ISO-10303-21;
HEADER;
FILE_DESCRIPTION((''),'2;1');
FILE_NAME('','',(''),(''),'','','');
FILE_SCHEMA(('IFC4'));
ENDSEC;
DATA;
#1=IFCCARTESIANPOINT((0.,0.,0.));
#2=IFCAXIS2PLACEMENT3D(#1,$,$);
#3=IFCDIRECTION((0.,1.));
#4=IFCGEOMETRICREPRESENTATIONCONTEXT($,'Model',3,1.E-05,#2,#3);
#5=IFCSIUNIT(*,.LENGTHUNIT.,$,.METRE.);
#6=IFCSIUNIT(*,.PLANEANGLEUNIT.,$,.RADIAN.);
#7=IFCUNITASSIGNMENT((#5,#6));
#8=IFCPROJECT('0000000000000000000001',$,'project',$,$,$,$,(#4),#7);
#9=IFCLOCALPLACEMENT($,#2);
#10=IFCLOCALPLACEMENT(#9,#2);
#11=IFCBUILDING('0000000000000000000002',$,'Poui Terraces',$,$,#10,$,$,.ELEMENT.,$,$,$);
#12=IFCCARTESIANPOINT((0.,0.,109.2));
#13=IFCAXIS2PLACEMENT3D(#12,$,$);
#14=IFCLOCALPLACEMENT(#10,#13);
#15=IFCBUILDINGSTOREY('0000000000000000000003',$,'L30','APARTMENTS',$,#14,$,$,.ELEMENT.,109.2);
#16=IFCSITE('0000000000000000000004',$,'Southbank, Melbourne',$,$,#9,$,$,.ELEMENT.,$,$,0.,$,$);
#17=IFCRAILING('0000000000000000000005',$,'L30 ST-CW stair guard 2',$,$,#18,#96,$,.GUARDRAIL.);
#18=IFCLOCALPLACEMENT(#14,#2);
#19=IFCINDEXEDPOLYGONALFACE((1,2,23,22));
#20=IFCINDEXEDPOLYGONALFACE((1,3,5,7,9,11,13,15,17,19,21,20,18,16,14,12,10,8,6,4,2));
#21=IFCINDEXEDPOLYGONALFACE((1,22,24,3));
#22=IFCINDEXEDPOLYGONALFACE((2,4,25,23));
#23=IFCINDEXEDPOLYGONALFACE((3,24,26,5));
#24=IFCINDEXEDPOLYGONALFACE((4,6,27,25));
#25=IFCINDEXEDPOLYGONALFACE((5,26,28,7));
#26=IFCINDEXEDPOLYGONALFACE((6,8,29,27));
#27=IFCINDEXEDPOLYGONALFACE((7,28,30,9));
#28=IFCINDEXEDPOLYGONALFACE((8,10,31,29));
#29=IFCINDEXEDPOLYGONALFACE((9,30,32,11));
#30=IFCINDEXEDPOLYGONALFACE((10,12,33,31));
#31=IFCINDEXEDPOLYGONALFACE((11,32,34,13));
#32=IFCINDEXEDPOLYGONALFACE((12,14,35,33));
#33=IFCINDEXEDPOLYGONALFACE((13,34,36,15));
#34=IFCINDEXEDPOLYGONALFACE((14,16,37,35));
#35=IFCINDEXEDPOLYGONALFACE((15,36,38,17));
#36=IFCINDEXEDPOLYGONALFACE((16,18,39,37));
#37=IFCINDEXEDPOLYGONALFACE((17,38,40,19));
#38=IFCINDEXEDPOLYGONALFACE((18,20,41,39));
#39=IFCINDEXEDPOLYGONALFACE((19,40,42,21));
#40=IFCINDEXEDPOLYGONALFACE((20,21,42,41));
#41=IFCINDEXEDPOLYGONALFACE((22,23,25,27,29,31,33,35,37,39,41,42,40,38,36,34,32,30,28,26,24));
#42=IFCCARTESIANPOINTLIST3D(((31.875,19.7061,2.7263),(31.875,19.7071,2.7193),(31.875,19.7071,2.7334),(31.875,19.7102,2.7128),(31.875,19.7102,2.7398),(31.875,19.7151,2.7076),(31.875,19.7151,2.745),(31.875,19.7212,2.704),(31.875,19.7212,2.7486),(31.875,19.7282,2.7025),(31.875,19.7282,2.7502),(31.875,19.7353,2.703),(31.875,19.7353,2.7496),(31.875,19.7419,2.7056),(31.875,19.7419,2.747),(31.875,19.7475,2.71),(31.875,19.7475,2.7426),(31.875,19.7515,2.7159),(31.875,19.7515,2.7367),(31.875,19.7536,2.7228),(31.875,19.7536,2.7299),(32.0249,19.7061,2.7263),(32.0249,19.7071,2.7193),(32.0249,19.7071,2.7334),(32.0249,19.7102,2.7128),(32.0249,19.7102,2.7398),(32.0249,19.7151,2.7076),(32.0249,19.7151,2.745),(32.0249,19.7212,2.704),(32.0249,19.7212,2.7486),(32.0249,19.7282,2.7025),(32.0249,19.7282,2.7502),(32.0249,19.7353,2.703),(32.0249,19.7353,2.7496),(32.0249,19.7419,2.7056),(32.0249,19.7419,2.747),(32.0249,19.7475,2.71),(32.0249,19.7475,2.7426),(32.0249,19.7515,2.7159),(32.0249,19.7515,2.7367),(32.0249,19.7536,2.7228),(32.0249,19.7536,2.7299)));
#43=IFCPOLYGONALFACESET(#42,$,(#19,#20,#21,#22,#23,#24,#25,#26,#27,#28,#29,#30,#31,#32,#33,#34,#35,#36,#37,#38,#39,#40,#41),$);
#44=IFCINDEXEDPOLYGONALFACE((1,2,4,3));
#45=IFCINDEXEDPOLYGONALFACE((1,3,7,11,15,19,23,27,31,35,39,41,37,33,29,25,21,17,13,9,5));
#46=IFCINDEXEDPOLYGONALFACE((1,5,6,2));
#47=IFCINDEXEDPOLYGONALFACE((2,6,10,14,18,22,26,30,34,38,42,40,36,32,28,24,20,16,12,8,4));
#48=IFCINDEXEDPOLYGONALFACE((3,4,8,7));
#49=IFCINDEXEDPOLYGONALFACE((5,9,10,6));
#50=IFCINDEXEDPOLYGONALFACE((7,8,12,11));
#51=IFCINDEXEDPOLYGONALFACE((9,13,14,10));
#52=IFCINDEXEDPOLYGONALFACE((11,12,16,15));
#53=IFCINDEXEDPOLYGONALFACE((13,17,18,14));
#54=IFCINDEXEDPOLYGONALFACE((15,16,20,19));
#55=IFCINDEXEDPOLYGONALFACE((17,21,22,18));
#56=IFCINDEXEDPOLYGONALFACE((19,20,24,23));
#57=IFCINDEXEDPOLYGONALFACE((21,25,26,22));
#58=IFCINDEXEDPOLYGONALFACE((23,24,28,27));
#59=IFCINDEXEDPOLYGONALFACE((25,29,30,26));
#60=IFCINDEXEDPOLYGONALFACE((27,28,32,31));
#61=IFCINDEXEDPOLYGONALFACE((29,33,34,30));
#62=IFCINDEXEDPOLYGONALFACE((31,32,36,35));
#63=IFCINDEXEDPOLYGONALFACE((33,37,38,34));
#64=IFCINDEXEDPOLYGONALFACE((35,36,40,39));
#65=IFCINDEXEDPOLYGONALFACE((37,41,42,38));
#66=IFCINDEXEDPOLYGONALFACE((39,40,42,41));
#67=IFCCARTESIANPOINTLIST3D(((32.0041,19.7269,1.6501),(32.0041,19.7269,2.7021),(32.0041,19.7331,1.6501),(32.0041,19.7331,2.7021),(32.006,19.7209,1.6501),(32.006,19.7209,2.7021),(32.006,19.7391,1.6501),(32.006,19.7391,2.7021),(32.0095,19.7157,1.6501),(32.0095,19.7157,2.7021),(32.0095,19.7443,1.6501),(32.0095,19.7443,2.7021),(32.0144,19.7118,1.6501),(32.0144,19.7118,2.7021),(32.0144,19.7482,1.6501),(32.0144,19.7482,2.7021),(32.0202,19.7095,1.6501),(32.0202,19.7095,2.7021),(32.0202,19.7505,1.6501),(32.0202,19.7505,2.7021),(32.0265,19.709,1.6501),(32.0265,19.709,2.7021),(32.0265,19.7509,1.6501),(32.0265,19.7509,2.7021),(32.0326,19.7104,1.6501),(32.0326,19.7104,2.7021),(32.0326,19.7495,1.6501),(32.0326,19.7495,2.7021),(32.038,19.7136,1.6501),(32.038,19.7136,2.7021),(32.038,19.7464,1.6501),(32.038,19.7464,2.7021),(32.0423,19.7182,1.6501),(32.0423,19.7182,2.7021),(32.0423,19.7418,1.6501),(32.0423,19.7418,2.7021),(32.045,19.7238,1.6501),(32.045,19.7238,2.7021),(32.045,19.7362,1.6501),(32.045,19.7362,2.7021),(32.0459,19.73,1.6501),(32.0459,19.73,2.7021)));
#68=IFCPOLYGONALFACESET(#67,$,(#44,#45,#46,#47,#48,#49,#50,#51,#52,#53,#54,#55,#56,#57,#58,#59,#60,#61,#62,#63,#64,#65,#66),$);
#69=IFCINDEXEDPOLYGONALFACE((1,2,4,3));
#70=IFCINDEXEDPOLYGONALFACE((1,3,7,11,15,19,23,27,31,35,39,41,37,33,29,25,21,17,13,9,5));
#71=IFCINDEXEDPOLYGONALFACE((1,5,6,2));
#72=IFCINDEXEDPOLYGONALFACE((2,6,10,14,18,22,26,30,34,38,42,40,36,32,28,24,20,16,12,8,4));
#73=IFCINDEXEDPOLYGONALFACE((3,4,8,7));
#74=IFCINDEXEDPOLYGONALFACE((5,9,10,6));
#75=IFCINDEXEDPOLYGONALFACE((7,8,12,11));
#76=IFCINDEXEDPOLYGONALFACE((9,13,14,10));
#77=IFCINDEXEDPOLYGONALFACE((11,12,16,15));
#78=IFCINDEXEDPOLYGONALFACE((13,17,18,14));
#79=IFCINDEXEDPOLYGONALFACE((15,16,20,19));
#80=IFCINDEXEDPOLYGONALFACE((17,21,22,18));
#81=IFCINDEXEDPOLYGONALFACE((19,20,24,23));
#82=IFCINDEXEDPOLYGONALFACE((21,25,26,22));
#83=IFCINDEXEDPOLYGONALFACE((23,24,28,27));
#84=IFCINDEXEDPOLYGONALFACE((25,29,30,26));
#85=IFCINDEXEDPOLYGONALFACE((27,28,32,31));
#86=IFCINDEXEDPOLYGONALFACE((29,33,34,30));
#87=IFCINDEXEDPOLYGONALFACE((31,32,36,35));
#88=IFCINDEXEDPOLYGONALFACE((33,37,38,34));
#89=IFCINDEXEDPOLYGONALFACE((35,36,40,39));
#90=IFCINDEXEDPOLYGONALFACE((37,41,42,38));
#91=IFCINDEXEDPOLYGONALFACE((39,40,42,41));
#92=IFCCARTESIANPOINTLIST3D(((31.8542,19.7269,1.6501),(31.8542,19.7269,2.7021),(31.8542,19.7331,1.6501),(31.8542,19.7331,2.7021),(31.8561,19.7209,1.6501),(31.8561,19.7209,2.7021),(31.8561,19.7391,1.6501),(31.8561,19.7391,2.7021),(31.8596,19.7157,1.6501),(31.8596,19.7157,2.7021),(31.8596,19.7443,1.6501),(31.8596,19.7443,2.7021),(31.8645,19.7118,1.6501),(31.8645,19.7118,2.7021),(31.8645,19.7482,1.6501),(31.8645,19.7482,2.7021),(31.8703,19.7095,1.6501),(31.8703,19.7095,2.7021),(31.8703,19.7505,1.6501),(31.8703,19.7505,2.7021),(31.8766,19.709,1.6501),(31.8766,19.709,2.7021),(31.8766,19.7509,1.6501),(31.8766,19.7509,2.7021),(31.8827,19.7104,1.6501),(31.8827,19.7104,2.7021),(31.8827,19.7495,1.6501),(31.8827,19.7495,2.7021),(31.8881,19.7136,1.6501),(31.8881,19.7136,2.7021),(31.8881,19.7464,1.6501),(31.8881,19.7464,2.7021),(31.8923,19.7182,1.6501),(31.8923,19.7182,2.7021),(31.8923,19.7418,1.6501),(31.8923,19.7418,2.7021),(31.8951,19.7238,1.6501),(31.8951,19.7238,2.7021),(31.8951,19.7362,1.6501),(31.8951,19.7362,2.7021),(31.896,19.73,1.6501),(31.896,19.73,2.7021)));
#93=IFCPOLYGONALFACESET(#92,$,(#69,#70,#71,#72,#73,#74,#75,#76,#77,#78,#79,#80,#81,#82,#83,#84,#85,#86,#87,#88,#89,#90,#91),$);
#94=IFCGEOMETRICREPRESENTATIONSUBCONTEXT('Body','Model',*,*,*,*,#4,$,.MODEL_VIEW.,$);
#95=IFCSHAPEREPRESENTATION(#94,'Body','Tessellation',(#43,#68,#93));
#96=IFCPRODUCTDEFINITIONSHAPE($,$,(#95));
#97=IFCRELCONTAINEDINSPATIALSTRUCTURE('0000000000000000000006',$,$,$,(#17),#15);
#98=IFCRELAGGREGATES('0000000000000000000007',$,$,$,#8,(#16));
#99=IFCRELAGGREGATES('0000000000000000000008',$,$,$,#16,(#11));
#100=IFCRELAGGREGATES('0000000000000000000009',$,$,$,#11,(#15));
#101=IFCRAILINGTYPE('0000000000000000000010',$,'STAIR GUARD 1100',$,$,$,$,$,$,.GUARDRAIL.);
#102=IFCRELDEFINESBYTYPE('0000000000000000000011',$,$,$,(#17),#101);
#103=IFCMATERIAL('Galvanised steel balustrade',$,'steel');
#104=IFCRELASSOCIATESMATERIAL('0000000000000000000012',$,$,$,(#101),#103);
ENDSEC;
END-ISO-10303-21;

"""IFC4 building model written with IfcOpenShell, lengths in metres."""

from ifc_helpers import new_model, si_unit, direction, frame, origin, origin_2d, place, context, subcontext, project, spatial, circle, extrude, material, type_object, element, save


model = new_model("IFC4")

# Units and contexts
model_context = context("Model", 3, precision=1e-05, world=origin(), true_north=direction((0.0, 1.0)))
body_context = subcontext(model_context, "Body", "Model", "MODEL_VIEW")
ifc_project = project(units=[si_unit("LENGTHUNIT", "METRE"), si_unit("PLANEANGLEUNIT", "RADIAN")], contexts=[model_context])

# Site, building, storey
site_placement = place(None, origin())
site = spatial("IfcSite", under=ifc_project, at=site_placement, Name="Southbank, Melbourne", CompositionType="ELEMENT", RefElevation=0.0)
building_placement = place(site_placement, origin())
building = spatial("IfcBuilding", under=site, at=building_placement, Name="Poui Terraces", CompositionType="ELEMENT")
storey_placement = place(building_placement, frame((0.0, 0.0, 109.2)))
storey = spatial("IfcBuildingStorey", under=building, at=storey_placement, Name="L30", Description="APARTMENTS", CompositionType="ELEMENT", Elevation=109.2)

# Railing
ifc_material_1 = material(Name="Galvanised steel balustrade", Category="steel")
railing_type_1 = type_object("IfcRailingType", Name="STAIR GUARD 1100", PredefinedType="GUARDRAIL", material=ifc_material_1)
railing_1_placement = place(storey_placement, frame((32.0249, 19.73, 1.6501)))
element("IfcRailing", 1, at=railing_1_placement, inside=storey, type_object=railing_type_1, Name="L30 ST-CW stair guard 2", PredefinedType="GUARDRAIL", context=body_context, shape_type="SweptSolid", body=[
    extrude(circle(Radius=0.0239, at=origin_2d()), frame((0.0, 0.0, 1.0762), z_axis=(-1.0, 0.0, 0.0), x_axis=(0.0, -1.0, 0.0)), (0.0, 0.0, 1.0), 0.1499),
    extrude(circle(Radius=0.021, at=origin_2d()), origin(), (0.0, 0.0, 1.0), 1.052),
    extrude(circle(Radius=0.021, at=origin_2d()), frame((-0.1499, 0.0, 0.0)), (0.0, 0.0, 1.0), 1.052),
])

save(model, "model.ifc")
